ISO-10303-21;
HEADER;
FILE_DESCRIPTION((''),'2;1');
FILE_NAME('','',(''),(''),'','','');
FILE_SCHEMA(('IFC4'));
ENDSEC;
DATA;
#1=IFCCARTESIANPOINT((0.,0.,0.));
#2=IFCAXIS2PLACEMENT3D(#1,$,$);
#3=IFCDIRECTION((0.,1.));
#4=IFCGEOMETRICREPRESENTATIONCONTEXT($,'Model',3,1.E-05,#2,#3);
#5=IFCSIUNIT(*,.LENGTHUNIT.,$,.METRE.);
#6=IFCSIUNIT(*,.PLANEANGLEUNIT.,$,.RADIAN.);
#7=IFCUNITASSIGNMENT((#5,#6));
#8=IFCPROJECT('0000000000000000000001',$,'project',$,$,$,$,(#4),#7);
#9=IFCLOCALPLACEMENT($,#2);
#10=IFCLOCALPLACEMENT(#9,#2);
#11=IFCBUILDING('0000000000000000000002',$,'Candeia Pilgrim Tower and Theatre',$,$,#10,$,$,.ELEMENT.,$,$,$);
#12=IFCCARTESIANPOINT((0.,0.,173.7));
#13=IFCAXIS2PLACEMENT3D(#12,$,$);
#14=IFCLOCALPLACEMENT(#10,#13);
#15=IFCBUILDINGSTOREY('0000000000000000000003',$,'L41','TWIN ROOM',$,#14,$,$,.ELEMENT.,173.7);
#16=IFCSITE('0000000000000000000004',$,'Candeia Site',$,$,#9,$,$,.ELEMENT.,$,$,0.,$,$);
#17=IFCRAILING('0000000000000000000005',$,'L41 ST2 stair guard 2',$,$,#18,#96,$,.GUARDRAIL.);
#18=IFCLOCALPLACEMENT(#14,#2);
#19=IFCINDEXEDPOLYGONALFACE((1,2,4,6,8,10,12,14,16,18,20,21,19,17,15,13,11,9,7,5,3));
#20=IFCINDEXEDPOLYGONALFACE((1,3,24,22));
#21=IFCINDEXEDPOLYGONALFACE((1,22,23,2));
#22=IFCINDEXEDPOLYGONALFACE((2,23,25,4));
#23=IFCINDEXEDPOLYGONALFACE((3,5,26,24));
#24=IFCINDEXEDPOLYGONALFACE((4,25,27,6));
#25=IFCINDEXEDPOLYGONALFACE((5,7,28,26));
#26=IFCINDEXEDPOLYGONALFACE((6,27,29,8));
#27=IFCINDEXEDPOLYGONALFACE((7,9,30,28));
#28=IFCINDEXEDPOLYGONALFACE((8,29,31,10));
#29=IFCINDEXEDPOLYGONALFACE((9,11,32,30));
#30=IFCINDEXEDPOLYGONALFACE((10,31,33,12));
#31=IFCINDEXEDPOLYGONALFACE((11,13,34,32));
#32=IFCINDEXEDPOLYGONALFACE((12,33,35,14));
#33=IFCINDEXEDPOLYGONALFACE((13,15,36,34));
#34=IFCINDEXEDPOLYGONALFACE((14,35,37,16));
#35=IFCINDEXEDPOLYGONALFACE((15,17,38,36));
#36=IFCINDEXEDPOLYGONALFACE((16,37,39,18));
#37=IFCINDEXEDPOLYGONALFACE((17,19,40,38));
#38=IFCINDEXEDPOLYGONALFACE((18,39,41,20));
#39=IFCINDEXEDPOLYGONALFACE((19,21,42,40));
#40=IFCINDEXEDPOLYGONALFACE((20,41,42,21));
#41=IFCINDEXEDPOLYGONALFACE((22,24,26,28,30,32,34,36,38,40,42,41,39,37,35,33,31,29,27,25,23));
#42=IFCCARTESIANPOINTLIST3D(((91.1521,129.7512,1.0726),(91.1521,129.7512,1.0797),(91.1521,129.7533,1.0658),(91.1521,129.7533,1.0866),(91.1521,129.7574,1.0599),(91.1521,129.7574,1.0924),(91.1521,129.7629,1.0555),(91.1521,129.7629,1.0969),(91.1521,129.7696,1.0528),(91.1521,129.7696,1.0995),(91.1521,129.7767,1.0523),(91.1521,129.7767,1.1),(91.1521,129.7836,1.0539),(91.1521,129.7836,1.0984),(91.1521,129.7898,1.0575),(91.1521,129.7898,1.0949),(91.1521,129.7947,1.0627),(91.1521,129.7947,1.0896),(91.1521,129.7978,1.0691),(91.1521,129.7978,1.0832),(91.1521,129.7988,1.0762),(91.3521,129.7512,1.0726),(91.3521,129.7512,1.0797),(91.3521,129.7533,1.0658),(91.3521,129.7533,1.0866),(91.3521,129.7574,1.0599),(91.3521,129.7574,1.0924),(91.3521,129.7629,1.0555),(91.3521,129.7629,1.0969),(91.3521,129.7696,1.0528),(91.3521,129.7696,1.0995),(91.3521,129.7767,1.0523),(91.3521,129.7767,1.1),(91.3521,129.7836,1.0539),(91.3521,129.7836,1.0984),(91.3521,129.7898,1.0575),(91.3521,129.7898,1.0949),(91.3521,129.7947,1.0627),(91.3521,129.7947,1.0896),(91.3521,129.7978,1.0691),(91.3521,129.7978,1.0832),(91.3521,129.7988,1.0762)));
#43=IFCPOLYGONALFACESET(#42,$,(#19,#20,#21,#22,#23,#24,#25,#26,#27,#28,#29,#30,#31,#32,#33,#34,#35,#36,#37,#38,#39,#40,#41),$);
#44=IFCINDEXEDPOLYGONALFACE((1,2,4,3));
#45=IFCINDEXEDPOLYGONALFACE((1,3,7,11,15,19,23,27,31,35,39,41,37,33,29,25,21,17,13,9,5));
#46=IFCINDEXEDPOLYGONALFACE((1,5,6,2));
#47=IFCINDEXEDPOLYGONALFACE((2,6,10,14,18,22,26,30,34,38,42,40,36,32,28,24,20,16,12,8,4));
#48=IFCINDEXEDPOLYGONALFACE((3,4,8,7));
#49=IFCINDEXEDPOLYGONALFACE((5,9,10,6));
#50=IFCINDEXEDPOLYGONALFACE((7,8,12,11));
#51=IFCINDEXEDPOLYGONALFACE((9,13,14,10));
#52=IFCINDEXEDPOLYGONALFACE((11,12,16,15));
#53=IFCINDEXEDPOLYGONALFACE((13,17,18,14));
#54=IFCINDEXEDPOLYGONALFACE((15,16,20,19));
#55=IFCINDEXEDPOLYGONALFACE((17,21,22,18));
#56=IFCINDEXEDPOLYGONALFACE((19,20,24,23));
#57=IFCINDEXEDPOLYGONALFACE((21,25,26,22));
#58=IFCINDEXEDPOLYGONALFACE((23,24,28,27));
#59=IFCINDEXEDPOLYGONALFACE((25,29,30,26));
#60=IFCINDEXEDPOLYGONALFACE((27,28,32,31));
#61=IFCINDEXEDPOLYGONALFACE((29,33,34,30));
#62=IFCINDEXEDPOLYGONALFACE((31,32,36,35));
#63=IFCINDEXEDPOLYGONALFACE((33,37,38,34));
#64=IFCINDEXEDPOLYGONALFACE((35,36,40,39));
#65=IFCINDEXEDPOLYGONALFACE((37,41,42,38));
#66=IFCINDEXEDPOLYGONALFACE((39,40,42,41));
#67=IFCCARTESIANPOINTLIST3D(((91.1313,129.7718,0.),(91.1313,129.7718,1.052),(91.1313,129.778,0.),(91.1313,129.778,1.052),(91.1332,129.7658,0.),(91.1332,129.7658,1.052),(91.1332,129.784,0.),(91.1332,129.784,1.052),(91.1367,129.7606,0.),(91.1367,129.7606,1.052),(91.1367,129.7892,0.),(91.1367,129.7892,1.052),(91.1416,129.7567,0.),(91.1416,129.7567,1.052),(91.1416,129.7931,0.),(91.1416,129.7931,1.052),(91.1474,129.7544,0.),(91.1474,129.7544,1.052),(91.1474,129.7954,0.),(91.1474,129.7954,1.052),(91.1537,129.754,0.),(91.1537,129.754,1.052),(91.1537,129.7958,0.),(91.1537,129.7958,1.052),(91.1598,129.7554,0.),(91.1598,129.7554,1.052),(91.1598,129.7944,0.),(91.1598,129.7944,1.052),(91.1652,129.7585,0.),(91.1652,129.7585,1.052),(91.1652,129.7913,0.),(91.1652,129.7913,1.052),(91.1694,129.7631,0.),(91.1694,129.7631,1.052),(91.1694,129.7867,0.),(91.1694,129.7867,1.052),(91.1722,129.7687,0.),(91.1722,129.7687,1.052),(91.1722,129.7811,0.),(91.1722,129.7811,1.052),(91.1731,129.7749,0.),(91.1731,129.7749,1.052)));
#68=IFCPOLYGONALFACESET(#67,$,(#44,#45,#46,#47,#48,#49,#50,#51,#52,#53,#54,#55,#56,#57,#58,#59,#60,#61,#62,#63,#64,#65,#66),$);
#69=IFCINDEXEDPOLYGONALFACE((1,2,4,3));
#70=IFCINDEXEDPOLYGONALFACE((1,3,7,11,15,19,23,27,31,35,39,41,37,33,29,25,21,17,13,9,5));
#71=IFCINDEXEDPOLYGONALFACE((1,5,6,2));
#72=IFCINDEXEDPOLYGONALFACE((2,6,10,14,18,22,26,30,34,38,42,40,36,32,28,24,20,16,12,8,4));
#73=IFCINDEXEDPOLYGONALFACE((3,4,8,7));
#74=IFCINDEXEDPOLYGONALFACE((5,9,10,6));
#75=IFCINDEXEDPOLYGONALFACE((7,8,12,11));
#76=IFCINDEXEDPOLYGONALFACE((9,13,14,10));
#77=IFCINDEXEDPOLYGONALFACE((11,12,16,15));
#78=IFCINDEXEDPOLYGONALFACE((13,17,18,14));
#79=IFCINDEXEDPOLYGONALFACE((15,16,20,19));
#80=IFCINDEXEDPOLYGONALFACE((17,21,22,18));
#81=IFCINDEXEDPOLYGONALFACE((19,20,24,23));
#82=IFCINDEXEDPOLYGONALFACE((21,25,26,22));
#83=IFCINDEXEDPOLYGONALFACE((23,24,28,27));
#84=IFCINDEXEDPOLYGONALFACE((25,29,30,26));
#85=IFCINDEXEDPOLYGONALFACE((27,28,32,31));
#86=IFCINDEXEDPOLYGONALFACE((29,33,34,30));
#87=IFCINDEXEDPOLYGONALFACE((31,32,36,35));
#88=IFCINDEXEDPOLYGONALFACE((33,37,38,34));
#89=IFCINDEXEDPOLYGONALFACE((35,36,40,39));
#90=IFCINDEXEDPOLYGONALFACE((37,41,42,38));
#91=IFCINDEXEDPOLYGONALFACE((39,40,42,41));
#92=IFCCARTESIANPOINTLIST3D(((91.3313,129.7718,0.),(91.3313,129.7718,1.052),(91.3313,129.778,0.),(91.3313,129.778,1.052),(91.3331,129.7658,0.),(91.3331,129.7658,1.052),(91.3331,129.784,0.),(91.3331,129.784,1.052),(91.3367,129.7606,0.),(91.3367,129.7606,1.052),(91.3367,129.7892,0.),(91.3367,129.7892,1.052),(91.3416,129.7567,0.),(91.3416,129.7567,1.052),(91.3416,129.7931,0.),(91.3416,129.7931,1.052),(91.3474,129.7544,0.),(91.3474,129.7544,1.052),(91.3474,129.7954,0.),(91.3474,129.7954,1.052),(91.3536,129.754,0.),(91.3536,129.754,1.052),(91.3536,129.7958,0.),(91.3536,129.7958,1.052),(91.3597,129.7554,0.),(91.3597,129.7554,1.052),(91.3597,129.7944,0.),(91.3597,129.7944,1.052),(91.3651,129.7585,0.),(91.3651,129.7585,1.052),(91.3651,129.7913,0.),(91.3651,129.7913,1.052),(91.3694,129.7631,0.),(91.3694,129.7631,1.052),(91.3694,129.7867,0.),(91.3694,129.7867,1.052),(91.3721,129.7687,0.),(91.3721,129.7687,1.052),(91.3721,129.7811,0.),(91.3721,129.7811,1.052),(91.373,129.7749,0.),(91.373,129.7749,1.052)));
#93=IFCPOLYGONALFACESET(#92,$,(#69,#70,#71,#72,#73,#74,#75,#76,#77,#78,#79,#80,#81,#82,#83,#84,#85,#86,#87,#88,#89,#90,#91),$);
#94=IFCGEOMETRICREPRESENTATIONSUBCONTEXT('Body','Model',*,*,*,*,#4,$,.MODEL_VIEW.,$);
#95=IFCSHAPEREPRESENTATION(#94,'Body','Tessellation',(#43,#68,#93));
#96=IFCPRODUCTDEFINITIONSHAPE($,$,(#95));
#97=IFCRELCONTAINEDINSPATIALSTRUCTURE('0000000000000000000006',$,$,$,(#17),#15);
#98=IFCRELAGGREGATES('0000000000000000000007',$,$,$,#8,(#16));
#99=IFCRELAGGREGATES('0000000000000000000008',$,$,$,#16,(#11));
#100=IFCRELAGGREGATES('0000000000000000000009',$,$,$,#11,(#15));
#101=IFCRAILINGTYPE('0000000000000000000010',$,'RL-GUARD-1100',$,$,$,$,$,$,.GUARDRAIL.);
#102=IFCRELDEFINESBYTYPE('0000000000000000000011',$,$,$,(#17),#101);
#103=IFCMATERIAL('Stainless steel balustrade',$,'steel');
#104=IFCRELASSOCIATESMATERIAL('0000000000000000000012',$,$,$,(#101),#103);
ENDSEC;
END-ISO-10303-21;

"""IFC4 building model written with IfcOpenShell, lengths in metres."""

from ifc_helpers import new_model, si_unit, direction, frame, origin, origin_2d, place, context, subcontext, project, spatial, circle, extrude, material, type_object, element, save


model = new_model("IFC4")

# Units and contexts
model_context = context("Model", 3, precision=1e-05, world=origin(), true_north=direction((0.0, 1.0)))
body_context = subcontext(model_context, "Body", "Model", "MODEL_VIEW")
ifc_project = project(units=[si_unit("LENGTHUNIT", "METRE"), si_unit("PLANEANGLEUNIT", "RADIAN")], contexts=[model_context])

# Site, building, storey
site_placement = place(None, origin())
site = spatial("IfcSite", under=ifc_project, at=site_placement, Name="Candeia Site", CompositionType="ELEMENT", RefElevation=0.0)
building_placement = place(site_placement, origin())
building = spatial("IfcBuilding", under=site, at=building_placement, Name="Candeia Pilgrim Tower and Theatre", CompositionType="ELEMENT")
storey_placement = place(building_placement, frame((0.0, 0.0, 173.7)))
storey = spatial("IfcBuildingStorey", under=building, at=storey_placement, Name="L41", Description="TWIN ROOM", CompositionType="ELEMENT", Elevation=173.7)

# Railing
ifc_material_1 = material(Name="Stainless steel balustrade", Category="steel")
railing_type_1 = type_object("IfcRailingType", Name="RL-GUARD-1100", PredefinedType="GUARDRAIL", material=ifc_material_1)
railing_1_placement = place(storey_placement, frame((91.1521, 129.7749, 0.0)))
element("IfcRailing", 1, at=railing_1_placement, inside=storey, type_object=railing_type_1, Name="L41 ST2 stair guard 2", PredefinedType="GUARDRAIL", context=body_context, shape_type="SweptSolid", body=[
    extrude(circle(Radius=0.0239, at=origin_2d()), frame((0.0, 0.0, 1.0762), z_axis=(1.0, 0.0, 0.0), x_axis=(0.0, 1.0, 0.0)), (0.0, 0.0, 1.0), 0.2),
    extrude(circle(Radius=0.021, at=origin_2d()), origin(), (0.0, 0.0, 1.0), 1.052),
    extrude(circle(Radius=0.021, at=origin_2d()), frame((0.2, 0.0, 0.0)), (0.0, 0.0, 1.0), 1.052),
])

save(model, "model.ifc")
